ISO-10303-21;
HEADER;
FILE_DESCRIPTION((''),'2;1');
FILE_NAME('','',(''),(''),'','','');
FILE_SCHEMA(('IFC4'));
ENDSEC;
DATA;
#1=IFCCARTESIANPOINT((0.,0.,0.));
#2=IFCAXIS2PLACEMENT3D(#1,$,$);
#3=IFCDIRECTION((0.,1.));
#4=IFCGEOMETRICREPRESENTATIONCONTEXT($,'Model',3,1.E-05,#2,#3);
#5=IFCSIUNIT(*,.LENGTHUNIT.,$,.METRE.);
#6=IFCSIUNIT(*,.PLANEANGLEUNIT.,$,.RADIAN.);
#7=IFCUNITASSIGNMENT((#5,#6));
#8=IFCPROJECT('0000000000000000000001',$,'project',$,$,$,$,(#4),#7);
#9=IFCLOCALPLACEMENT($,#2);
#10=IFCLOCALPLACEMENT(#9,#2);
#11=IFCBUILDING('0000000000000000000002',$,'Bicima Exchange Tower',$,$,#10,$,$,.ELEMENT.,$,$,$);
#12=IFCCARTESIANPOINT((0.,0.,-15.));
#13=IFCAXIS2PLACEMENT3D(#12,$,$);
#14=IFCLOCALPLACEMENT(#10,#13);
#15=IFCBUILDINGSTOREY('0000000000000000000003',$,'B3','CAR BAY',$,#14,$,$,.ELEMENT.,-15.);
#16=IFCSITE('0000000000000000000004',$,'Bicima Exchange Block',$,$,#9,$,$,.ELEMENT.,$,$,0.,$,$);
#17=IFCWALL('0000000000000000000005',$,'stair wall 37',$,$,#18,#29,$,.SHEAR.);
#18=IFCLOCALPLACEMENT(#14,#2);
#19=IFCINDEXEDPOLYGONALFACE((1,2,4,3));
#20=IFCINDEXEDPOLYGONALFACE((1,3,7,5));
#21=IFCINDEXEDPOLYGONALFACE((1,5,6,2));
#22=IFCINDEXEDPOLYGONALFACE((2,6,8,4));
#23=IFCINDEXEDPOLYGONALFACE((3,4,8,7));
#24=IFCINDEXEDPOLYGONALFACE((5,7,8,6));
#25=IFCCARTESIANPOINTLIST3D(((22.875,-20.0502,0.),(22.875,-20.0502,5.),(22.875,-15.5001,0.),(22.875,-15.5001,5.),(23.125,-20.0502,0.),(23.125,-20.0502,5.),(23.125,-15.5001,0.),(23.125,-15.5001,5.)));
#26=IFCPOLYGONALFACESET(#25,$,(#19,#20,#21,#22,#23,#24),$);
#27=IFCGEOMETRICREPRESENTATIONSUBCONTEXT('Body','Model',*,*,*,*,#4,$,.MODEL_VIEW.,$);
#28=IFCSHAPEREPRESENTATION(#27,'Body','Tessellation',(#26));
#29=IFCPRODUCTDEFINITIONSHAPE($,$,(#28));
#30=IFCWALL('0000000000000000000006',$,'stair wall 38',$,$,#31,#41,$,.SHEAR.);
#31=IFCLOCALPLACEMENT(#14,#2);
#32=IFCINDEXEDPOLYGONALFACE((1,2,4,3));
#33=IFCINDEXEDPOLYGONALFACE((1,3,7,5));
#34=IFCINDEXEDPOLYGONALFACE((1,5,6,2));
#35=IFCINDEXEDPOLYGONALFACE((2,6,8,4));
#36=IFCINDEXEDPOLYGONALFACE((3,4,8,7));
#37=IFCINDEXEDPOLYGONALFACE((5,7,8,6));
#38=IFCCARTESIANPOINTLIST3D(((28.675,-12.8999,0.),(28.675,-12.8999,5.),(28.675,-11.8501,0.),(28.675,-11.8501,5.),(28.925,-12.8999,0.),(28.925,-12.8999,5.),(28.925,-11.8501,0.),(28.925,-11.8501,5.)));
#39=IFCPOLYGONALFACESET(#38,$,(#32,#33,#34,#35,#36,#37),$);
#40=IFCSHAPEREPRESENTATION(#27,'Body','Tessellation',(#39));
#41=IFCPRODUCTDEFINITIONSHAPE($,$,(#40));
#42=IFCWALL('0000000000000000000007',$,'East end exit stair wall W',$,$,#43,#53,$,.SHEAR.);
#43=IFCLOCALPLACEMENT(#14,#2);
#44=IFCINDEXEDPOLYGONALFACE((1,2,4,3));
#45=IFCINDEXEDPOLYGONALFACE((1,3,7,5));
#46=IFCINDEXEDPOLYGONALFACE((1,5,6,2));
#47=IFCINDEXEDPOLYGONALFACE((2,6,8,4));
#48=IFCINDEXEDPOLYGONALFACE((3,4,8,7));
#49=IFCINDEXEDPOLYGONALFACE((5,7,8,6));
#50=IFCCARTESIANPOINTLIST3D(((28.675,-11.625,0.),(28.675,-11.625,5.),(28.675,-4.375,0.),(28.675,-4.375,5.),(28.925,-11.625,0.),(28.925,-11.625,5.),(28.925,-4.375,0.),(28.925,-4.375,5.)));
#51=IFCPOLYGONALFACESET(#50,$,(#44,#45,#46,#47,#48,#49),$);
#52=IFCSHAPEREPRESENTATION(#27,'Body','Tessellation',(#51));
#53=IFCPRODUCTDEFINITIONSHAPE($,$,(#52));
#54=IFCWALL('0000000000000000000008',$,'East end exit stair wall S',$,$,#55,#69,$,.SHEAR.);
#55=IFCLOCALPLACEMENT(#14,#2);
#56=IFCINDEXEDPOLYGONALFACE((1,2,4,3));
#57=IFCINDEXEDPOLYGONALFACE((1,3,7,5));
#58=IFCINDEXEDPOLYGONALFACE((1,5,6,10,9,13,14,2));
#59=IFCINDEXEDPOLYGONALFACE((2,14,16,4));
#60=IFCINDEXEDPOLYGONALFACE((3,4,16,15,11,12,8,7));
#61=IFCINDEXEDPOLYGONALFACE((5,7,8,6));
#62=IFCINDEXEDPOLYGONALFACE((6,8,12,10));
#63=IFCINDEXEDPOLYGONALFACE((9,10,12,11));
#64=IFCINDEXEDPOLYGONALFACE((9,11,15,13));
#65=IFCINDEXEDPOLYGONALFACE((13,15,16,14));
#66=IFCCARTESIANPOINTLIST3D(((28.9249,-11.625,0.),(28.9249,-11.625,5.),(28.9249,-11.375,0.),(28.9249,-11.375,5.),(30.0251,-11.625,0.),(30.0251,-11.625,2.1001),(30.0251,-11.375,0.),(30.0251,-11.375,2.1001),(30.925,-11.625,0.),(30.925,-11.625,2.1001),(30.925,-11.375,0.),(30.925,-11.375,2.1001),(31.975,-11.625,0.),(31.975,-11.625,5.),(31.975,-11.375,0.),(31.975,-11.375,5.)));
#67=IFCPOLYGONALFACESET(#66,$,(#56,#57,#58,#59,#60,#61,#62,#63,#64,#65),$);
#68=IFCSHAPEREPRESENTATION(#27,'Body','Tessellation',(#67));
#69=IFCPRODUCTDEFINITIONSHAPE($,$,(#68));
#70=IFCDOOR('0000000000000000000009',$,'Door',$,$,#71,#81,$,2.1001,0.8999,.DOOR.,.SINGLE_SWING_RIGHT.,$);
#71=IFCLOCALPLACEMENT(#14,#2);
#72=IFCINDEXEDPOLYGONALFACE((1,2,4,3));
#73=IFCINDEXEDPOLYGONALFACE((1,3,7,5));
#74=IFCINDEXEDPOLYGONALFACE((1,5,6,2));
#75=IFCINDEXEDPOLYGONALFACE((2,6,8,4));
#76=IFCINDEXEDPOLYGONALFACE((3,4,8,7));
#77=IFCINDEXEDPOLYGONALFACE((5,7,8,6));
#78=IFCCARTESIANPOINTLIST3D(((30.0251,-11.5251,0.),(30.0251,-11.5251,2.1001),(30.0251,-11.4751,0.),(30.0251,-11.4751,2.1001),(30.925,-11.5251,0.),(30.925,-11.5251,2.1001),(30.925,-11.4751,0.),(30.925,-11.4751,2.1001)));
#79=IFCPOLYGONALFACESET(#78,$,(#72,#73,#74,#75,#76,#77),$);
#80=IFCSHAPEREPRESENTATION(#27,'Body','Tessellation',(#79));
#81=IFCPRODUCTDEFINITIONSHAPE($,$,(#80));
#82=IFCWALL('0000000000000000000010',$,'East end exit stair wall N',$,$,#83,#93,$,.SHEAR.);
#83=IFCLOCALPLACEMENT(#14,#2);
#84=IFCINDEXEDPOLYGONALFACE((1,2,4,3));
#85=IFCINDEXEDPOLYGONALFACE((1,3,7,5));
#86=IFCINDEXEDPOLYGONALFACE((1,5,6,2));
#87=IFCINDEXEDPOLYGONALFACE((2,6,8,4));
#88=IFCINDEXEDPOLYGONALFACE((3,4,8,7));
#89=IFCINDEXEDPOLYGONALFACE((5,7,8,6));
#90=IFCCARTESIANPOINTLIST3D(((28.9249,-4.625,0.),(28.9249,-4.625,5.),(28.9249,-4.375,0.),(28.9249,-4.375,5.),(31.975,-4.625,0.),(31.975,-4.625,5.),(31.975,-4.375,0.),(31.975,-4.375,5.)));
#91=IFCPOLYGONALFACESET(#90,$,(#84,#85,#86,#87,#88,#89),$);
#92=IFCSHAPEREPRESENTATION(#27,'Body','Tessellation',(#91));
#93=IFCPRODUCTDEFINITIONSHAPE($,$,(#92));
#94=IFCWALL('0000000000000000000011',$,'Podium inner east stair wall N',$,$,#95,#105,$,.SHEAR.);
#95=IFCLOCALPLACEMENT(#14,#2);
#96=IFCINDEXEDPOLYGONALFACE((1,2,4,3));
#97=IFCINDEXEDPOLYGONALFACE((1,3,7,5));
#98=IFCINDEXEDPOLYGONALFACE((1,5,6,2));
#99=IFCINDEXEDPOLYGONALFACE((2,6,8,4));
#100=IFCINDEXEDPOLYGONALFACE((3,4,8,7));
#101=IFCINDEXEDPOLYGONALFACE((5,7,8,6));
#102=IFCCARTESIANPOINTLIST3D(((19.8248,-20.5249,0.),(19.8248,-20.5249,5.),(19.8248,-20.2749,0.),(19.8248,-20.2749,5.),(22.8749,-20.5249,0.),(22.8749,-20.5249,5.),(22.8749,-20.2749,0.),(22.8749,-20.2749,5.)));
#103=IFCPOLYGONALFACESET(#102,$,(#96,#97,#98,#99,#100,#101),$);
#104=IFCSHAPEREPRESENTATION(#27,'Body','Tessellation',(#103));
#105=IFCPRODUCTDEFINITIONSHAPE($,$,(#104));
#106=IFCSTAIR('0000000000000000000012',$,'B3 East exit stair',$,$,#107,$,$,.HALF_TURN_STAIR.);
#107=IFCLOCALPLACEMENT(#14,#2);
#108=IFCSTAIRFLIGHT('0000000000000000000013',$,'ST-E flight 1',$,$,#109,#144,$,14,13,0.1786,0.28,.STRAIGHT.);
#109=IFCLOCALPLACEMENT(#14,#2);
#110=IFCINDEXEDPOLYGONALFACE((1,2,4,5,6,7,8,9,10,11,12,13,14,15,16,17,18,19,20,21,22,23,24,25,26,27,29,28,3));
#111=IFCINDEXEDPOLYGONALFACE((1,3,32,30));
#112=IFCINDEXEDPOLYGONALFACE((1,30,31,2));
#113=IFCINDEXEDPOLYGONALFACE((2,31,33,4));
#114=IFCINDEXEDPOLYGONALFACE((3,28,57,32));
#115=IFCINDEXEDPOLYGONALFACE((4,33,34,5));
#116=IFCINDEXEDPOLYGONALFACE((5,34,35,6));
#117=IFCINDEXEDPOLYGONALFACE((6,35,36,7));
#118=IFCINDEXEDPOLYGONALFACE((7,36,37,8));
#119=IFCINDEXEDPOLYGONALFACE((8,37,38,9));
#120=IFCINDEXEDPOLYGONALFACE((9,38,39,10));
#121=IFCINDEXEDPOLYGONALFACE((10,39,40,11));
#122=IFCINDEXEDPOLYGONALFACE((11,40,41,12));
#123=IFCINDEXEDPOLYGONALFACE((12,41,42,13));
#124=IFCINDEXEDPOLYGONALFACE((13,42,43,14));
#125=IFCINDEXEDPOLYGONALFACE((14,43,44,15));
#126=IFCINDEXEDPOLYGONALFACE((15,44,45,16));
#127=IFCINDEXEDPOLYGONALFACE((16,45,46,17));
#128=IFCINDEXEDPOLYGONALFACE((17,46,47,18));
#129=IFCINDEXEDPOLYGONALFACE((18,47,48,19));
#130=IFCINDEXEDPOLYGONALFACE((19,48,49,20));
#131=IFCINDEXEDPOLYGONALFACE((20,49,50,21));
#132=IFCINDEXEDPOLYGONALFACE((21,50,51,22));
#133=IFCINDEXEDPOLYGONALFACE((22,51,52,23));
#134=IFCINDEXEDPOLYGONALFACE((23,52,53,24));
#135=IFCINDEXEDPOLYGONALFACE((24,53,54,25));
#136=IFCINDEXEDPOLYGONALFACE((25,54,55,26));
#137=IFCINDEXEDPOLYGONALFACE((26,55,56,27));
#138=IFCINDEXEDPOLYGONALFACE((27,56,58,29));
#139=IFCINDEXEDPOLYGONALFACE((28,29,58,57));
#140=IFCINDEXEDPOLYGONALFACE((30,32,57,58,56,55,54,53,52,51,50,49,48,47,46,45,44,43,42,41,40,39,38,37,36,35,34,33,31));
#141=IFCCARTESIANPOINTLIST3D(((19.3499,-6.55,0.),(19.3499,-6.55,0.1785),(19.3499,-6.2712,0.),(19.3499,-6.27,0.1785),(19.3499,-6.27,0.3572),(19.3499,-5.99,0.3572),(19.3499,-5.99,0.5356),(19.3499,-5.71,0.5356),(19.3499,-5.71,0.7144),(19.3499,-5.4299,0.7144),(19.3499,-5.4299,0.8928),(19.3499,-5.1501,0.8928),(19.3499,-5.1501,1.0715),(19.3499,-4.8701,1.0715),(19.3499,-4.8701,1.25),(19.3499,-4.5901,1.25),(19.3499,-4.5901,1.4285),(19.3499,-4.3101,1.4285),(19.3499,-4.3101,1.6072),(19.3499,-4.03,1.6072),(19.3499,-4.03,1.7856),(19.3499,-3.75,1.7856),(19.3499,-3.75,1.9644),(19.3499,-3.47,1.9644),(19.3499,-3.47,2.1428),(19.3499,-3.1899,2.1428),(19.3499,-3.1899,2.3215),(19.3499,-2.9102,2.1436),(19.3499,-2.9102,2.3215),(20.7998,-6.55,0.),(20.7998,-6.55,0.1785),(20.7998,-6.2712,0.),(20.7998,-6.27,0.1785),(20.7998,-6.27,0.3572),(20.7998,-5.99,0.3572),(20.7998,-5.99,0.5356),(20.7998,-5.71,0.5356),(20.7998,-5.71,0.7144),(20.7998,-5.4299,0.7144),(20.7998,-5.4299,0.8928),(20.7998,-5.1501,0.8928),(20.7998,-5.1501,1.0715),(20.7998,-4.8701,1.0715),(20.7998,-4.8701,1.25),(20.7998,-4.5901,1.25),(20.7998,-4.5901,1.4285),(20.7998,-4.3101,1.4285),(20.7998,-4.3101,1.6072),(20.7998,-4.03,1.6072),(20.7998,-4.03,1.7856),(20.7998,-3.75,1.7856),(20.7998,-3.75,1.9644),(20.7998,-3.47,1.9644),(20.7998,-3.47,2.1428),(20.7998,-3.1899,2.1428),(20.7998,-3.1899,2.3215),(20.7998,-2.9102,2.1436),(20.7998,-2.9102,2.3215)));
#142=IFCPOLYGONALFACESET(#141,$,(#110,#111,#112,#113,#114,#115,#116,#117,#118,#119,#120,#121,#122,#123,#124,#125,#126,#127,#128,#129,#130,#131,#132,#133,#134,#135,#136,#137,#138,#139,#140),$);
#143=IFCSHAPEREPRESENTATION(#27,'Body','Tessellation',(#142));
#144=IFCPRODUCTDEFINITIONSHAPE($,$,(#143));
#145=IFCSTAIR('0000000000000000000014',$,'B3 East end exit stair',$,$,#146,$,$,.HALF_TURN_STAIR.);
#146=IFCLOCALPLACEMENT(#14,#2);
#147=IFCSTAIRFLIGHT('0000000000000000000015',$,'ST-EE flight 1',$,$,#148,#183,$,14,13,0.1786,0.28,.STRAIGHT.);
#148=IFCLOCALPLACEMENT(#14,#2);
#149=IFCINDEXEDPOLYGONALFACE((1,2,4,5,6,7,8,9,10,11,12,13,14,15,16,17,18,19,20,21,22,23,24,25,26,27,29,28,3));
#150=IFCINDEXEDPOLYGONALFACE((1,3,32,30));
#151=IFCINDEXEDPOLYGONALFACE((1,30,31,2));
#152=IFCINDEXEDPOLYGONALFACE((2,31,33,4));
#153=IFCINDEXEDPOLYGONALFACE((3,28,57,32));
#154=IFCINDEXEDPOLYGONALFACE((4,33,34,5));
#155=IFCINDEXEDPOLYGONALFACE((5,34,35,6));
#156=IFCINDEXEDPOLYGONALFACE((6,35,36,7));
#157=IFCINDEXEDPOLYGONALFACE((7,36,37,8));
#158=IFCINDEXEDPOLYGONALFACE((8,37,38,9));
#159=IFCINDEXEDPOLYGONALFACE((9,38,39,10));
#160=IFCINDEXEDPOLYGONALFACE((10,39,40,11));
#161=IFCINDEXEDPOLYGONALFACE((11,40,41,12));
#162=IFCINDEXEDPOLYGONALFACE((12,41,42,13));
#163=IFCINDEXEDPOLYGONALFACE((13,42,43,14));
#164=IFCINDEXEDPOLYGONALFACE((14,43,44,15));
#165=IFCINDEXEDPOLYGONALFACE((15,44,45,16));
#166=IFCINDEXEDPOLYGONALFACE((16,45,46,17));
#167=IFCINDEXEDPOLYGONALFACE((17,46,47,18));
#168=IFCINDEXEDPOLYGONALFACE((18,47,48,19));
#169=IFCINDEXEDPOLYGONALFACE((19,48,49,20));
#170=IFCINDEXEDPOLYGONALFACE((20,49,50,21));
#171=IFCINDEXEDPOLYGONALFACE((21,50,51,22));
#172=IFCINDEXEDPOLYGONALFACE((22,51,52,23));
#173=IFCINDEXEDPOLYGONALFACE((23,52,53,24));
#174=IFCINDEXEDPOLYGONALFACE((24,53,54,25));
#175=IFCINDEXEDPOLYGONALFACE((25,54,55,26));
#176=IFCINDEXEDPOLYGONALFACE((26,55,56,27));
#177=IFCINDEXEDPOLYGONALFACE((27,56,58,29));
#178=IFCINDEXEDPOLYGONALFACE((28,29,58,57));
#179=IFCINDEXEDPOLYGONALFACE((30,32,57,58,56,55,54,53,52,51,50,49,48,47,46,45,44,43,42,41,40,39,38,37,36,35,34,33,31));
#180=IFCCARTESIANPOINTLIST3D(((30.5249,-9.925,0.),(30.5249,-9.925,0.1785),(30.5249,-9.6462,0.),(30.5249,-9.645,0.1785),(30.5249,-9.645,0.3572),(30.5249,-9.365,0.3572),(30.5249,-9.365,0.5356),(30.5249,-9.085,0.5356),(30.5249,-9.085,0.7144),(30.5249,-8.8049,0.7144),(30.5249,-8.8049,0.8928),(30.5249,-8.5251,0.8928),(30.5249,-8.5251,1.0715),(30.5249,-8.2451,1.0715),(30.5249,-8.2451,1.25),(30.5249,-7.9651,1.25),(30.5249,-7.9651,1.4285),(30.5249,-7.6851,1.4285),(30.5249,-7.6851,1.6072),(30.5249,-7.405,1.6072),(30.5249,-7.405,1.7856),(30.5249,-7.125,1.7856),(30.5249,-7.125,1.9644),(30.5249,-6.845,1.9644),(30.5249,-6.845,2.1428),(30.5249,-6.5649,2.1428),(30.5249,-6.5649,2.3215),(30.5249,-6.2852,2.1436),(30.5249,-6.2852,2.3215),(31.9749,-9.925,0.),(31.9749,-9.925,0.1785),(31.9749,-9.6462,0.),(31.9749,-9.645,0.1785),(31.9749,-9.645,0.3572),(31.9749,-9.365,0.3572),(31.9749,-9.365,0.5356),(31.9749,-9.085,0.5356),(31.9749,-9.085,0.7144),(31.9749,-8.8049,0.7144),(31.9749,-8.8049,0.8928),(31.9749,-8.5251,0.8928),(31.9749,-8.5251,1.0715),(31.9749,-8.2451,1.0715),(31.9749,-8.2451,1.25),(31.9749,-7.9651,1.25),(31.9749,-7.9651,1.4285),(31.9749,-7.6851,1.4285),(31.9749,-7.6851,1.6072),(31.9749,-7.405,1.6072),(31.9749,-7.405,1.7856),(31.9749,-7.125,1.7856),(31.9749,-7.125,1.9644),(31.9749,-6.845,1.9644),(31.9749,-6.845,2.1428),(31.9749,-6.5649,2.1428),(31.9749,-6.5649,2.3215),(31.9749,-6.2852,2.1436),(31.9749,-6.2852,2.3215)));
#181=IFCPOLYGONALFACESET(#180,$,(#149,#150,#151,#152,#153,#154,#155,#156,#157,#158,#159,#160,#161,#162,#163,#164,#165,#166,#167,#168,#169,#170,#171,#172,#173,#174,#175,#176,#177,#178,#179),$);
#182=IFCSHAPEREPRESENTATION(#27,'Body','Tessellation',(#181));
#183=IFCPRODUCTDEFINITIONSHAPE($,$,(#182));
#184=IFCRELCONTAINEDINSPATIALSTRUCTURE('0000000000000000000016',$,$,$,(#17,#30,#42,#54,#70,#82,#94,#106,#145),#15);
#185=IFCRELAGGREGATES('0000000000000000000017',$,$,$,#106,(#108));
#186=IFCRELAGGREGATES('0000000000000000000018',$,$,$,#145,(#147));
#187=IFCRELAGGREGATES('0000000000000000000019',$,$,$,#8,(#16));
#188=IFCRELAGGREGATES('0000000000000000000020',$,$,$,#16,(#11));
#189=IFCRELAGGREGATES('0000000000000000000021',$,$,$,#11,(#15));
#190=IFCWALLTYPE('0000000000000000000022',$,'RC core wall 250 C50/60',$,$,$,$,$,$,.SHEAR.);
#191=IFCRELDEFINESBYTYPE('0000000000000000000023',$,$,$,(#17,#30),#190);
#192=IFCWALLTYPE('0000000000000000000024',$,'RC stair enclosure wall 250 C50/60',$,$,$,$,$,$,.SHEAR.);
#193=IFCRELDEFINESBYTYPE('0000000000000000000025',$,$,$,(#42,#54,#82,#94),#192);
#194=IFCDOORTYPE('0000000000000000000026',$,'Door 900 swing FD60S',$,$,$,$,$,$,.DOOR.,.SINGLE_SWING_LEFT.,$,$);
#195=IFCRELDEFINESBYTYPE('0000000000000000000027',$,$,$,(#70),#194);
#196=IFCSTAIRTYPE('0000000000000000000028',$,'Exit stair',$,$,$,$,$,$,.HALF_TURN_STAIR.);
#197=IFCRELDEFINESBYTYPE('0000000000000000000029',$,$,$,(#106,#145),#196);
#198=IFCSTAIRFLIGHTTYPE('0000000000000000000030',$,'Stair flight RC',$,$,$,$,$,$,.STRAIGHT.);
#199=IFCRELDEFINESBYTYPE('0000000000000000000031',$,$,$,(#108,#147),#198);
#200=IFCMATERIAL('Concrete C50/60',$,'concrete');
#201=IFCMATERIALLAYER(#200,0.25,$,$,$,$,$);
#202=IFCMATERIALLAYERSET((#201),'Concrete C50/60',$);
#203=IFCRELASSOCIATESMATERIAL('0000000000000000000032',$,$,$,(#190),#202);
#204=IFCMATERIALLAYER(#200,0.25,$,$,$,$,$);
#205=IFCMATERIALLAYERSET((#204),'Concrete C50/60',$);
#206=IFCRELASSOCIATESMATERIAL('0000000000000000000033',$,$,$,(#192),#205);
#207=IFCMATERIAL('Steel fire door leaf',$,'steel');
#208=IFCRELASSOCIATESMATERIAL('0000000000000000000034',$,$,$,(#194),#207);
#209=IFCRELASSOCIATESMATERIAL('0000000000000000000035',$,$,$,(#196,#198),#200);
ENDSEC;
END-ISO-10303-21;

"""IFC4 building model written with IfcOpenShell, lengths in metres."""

from ifc_helpers import new_model, si_unit, direction, frame, frame_2d, origin, place, context, subcontext, project, spatial, polyline, rectangle, outline, extrude, material, layer, layer_set, type_object, element, fill, aggregate, save


model = new_model("IFC4")

# Units and contexts
model_context = context("Model", 3, precision=1e-05, world=origin(), true_north=direction((0.0, 1.0)))
body_context = subcontext(model_context, "Body", "Model", "MODEL_VIEW")
ifc_project = project(units=[si_unit("LENGTHUNIT", "METRE"), si_unit("PLANEANGLEUNIT", "RADIAN")], contexts=[model_context])

# Site, building, storey
site_placement = place(None, origin())
site = spatial("IfcSite", under=ifc_project, at=site_placement, Name="Bicima Exchange Block", CompositionType="ELEMENT", RefElevation=0.0)
building_placement = place(site_placement, origin())
building = spatial("IfcBuilding", under=site, at=building_placement, Name="Bicima Exchange Tower", CompositionType="ELEMENT")
storey_placement = place(building_placement, frame((0.0, 0.0, -15.0)))
storey = spatial("IfcBuildingStorey", under=building, at=storey_placement, Name="B3", Description="CAR BAY", CompositionType="ELEMENT", Elevation=-15.0)

# Shared definitions
ifc_material_1 = material(Name="Steel fire door leaf", Category="steel")

# Walls
ifc_material_2 = material(Name="Concrete C50/60", Category="concrete")
ifc_layer_1 = layer(ifc_material_2, 0.25)
ifc_layer_set_1 = layer_set([ifc_layer_1], Name="Concrete C50/60")
wall_type_1 = type_object("IfcWallType", Name="RC core wall 250 C50/60", PredefinedType="SHEAR", material=ifc_layer_set_1)
wall_1_placement = place(storey_placement, frame((23.0, -20.05, 0.0), z_axis=(0.0, 0.0, 1.0), x_axis=(0.0, 1.0, 0.0)))
element("IfcWall", 1, at=wall_1_placement, inside=storey, type_object=wall_type_1, Name="stair wall 37", PredefinedType="SHEAR", context=body_context, shape_type="SweptSolid", body=[
    extrude(rectangle(XDim=4.55, YDim=0.25, at=frame_2d((2.2749, 0.0))), origin(), (0.0, 0.0, 1.0), 5.0),
])
wall_2_placement = place(storey_placement, frame((28.8, -12.8999, 0.0), z_axis=(0.0, 0.0, 1.0), x_axis=(0.0, 1.0, 0.0)))
element("IfcWall", 2, at=wall_2_placement, inside=storey, type_object=wall_type_1, Name="stair wall 38", PredefinedType="SHEAR", context=body_context, shape_type="SweptSolid", body=[
    extrude(rectangle(XDim=1.0498, YDim=0.25, at=frame_2d((0.5249, 0.0))), origin(), (0.0, 0.0, 1.0), 5.0),
])
ifc_layer_2 = layer(ifc_material_2, 0.25)
ifc_layer_set_2 = layer_set([ifc_layer_2], Name="Concrete C50/60")
wall_type_2 = type_object("IfcWallType", Name="RC stair enclosure wall 250 C50/60", PredefinedType="SHEAR", material=ifc_layer_set_2)
wall_3_placement = place(storey_placement, frame((28.8, -11.625, 0.0), z_axis=(0.0, 0.0, 1.0), x_axis=(0.0, 1.0, 0.0)))
element("IfcWall", 3, at=wall_3_placement, inside=storey, type_object=wall_type_2, Name="East end exit stair wall W", PredefinedType="SHEAR", context=body_context, shape_type="SweptSolid", body=[
    extrude(rectangle(XDim=7.25, YDim=0.25, at=frame_2d((3.625, 0.0))), origin(), (0.0, 0.0, 1.0), 5.0),
])

# Wall, opening, door
wall_4_placement = place(storey_placement, frame((28.925, -11.5, 0.0), z_axis=(0.0, 0.0, 1.0), x_axis=(1.0, 0.0, 0.0)))
wall_4 = element("IfcWall", 4, at=wall_4_placement, inside=storey, type_object=wall_type_2, Name="East end exit stair wall S", PredefinedType="SHEAR", context=body_context, shape_type="SweptSolid", body=[
    extrude(rectangle(XDim=3.05, YDim=0.25, at=frame_2d((1.5249, 0.0))), origin(), (0.0, 0.0, 1.0), 5.0),
])
opening_1_placement = place(wall_4_placement, frame((1.1001, 0.0, 0.0)))
opening_1 = element("IfcOpeningElement", 5, at=opening_1_placement, cuts=wall_4, PredefinedType="OPENING", context=body_context, shape_type="SweptSolid", body=[
    extrude(rectangle(XDim=0.8999, YDim=2.1001, at=frame_2d((0.45, 1.05))), frame((0.0, 0.137, 0.0), z_axis=(0.0, -1.0, 0.0), x_axis=(1.0, 0.0, 0.0)), (0.0, 0.0, 1.0), 0.2739),
])
door_type_1 = type_object("IfcDoorType", Name="Door 900 swing FD60S", OperationType="SINGLE_SWING_LEFT", PredefinedType="DOOR", material=ifc_material_1)
door_1_placement = place(opening_1_placement, origin())
door_1 = element("IfcDoor", 6, at=door_1_placement, inside=storey, type_object=door_type_1, Name="Door", OperationType="SINGLE_SWING_RIGHT", OverallHeight=2.1001, OverallWidth=0.8999, PredefinedType="DOOR", context=body_context, shape_type="SweptSolid", body=[
    extrude(rectangle(XDim=0.8999, YDim=2.1001, at=frame_2d((0.45, 1.05))), frame((0.0, 0.0249, 0.0), z_axis=(0.0, -1.0, 0.0), x_axis=(1.0, 0.0, 0.0)), (0.0, 0.0, 1.0), 0.05),
])
fill(opening_1, door_1)

# Walls
for number, where, z_axis, x_axis, name in (
    (7, (28.925, -4.5, 0.0), (0.0, 0.0, 1.0), (1.0, 0.0, 0.0), "East end exit stair wall N"),
    (8, (19.825, -20.3999, 0.0), (0.0, 0.0, 1.0), (1.0, 0.0, 0.0), "Podium inner east stair wall N"),
):
    element("IfcWall", number, at=place(storey_placement, frame(where, z_axis=z_axis, x_axis=x_axis)), inside=storey, type_object=wall_type_2, Name=name, PredefinedType="SHEAR", context=body_context, shape_type="SweptSolid", body=[
        extrude(rectangle(XDim=3.05, YDim=0.25, at=frame_2d((1.5249, 0.0))), origin(), (0.0, 0.0, 1.0), 5.0),
    ])

# Stair, stair flight
stair_type = type_object("IfcStairType", Name="Exit stair", PredefinedType="HALF_TURN_STAIR", material=ifc_material_2)
stair_1_placement = place(storey_placement, origin())
stair_1 = element("IfcStair", 9, at=stair_1_placement, inside=storey, type_object=stair_type, Name="B3 East exit stair", PredefinedType="HALF_TURN_STAIR")
stair_flight_type = type_object("IfcStairFlightType", Name="Stair flight RC", PredefinedType="STRAIGHT", material=ifc_material_2)
stair_flight_1_placement = place(storey_placement, frame((20.075, -6.55, 0.0), z_axis=(0.0, 0.0, 1.0), x_axis=(0.0, 1.0, 0.0)))
stair_flight_1 = element("IfcStairFlight", 10, at=stair_flight_1_placement, type_object=stair_flight_type, Name="ST-E flight 1", NumberOfRisers=14, NumberOfTreads=13, PredefinedType="STRAIGHT", RiserHeight=0.1786, TreadLength=0.28, context=body_context, shape_type="SweptSolid", body=[
    extrude(outline(polyline([(0.0, 0.0), (0.0, 0.1785), (0.28, 0.1785), (0.28, 0.3572), (0.5601, 0.3572), (0.5601, 0.5356), (0.8401, 0.5356), (0.8401, 0.7144), (1.1201, 0.7144), (1.1201, 0.8928), (1.3999, 0.8928), (1.3999, 1.0715), (1.6799, 1.0715), (1.6799, 1.25), (1.96, 1.25), (1.96, 1.4285), (2.24, 1.4285), (2.24, 1.6072), (2.52, 1.6072), (2.52, 1.7856), (2.8, 1.7856), (2.8, 1.9644), (3.0801, 1.9644), (3.0801, 2.1428), (3.3601, 2.1428), (3.3601, 2.3215), (3.6399, 2.3215), (3.6399, 2.5), (3.6399, 2.1436), (0.2788, 0.0), (0.0, 0.0)])), frame((0.0, 0.7251, 0.0), z_axis=(0.0, -1.0, 0.0), x_axis=(1.0, 0.0, 0.0)), (0.0, 0.0, 1.0), 1.45),
])
aggregate(stair_1, [stair_flight_1])

# Stair, stair flight
stair_2_placement = place(storey_placement, origin())
stair_2 = element("IfcStair", 11, at=stair_2_placement, inside=storey, type_object=stair_type, Name="B3 East end exit stair", PredefinedType="HALF_TURN_STAIR")
stair_flight_2_placement = place(storey_placement, frame((31.25, -9.925, 0.0), z_axis=(0.0, 0.0, 1.0), x_axis=(0.0, 1.0, 0.0)))
stair_flight_2 = element("IfcStairFlight", 12, at=stair_flight_2_placement, type_object=stair_flight_type, Name="ST-EE flight 1", NumberOfRisers=14, NumberOfTreads=13, PredefinedType="STRAIGHT", RiserHeight=0.1786, TreadLength=0.28, context=body_context, shape_type="SweptSolid", body=[
    extrude(outline(polyline([(0.0, 0.0), (0.0, 0.1785), (0.28, 0.1785), (0.28, 0.3572), (0.5601, 0.3572), (0.5601, 0.5356), (0.8401, 0.5356), (0.8401, 0.7144), (1.1201, 0.7144), (1.1201, 0.8928), (1.3999, 0.8928), (1.3999, 1.0715), (1.6799, 1.0715), (1.6799, 1.25), (1.96, 1.25), (1.96, 1.4285), (2.24, 1.4285), (2.24, 1.6072), (2.52, 1.6072), (2.52, 1.7856), (2.8, 1.7856), (2.8, 1.9644), (3.0801, 1.9644), (3.0801, 2.1428), (3.3601, 2.1428), (3.3601, 2.3215), (3.6399, 2.3215), (3.6399, 2.5), (3.6399, 2.1436), (0.2788, 0.0), (0.0, 0.0)])), frame((0.0, 0.7251, 0.0), z_axis=(0.0, -1.0, 0.0), x_axis=(1.0, 0.0, 0.0)), (0.0, 0.0, 1.0), 1.45),
])
aggregate(stair_2, [stair_flight_2])

save(model, "model.ifc")
